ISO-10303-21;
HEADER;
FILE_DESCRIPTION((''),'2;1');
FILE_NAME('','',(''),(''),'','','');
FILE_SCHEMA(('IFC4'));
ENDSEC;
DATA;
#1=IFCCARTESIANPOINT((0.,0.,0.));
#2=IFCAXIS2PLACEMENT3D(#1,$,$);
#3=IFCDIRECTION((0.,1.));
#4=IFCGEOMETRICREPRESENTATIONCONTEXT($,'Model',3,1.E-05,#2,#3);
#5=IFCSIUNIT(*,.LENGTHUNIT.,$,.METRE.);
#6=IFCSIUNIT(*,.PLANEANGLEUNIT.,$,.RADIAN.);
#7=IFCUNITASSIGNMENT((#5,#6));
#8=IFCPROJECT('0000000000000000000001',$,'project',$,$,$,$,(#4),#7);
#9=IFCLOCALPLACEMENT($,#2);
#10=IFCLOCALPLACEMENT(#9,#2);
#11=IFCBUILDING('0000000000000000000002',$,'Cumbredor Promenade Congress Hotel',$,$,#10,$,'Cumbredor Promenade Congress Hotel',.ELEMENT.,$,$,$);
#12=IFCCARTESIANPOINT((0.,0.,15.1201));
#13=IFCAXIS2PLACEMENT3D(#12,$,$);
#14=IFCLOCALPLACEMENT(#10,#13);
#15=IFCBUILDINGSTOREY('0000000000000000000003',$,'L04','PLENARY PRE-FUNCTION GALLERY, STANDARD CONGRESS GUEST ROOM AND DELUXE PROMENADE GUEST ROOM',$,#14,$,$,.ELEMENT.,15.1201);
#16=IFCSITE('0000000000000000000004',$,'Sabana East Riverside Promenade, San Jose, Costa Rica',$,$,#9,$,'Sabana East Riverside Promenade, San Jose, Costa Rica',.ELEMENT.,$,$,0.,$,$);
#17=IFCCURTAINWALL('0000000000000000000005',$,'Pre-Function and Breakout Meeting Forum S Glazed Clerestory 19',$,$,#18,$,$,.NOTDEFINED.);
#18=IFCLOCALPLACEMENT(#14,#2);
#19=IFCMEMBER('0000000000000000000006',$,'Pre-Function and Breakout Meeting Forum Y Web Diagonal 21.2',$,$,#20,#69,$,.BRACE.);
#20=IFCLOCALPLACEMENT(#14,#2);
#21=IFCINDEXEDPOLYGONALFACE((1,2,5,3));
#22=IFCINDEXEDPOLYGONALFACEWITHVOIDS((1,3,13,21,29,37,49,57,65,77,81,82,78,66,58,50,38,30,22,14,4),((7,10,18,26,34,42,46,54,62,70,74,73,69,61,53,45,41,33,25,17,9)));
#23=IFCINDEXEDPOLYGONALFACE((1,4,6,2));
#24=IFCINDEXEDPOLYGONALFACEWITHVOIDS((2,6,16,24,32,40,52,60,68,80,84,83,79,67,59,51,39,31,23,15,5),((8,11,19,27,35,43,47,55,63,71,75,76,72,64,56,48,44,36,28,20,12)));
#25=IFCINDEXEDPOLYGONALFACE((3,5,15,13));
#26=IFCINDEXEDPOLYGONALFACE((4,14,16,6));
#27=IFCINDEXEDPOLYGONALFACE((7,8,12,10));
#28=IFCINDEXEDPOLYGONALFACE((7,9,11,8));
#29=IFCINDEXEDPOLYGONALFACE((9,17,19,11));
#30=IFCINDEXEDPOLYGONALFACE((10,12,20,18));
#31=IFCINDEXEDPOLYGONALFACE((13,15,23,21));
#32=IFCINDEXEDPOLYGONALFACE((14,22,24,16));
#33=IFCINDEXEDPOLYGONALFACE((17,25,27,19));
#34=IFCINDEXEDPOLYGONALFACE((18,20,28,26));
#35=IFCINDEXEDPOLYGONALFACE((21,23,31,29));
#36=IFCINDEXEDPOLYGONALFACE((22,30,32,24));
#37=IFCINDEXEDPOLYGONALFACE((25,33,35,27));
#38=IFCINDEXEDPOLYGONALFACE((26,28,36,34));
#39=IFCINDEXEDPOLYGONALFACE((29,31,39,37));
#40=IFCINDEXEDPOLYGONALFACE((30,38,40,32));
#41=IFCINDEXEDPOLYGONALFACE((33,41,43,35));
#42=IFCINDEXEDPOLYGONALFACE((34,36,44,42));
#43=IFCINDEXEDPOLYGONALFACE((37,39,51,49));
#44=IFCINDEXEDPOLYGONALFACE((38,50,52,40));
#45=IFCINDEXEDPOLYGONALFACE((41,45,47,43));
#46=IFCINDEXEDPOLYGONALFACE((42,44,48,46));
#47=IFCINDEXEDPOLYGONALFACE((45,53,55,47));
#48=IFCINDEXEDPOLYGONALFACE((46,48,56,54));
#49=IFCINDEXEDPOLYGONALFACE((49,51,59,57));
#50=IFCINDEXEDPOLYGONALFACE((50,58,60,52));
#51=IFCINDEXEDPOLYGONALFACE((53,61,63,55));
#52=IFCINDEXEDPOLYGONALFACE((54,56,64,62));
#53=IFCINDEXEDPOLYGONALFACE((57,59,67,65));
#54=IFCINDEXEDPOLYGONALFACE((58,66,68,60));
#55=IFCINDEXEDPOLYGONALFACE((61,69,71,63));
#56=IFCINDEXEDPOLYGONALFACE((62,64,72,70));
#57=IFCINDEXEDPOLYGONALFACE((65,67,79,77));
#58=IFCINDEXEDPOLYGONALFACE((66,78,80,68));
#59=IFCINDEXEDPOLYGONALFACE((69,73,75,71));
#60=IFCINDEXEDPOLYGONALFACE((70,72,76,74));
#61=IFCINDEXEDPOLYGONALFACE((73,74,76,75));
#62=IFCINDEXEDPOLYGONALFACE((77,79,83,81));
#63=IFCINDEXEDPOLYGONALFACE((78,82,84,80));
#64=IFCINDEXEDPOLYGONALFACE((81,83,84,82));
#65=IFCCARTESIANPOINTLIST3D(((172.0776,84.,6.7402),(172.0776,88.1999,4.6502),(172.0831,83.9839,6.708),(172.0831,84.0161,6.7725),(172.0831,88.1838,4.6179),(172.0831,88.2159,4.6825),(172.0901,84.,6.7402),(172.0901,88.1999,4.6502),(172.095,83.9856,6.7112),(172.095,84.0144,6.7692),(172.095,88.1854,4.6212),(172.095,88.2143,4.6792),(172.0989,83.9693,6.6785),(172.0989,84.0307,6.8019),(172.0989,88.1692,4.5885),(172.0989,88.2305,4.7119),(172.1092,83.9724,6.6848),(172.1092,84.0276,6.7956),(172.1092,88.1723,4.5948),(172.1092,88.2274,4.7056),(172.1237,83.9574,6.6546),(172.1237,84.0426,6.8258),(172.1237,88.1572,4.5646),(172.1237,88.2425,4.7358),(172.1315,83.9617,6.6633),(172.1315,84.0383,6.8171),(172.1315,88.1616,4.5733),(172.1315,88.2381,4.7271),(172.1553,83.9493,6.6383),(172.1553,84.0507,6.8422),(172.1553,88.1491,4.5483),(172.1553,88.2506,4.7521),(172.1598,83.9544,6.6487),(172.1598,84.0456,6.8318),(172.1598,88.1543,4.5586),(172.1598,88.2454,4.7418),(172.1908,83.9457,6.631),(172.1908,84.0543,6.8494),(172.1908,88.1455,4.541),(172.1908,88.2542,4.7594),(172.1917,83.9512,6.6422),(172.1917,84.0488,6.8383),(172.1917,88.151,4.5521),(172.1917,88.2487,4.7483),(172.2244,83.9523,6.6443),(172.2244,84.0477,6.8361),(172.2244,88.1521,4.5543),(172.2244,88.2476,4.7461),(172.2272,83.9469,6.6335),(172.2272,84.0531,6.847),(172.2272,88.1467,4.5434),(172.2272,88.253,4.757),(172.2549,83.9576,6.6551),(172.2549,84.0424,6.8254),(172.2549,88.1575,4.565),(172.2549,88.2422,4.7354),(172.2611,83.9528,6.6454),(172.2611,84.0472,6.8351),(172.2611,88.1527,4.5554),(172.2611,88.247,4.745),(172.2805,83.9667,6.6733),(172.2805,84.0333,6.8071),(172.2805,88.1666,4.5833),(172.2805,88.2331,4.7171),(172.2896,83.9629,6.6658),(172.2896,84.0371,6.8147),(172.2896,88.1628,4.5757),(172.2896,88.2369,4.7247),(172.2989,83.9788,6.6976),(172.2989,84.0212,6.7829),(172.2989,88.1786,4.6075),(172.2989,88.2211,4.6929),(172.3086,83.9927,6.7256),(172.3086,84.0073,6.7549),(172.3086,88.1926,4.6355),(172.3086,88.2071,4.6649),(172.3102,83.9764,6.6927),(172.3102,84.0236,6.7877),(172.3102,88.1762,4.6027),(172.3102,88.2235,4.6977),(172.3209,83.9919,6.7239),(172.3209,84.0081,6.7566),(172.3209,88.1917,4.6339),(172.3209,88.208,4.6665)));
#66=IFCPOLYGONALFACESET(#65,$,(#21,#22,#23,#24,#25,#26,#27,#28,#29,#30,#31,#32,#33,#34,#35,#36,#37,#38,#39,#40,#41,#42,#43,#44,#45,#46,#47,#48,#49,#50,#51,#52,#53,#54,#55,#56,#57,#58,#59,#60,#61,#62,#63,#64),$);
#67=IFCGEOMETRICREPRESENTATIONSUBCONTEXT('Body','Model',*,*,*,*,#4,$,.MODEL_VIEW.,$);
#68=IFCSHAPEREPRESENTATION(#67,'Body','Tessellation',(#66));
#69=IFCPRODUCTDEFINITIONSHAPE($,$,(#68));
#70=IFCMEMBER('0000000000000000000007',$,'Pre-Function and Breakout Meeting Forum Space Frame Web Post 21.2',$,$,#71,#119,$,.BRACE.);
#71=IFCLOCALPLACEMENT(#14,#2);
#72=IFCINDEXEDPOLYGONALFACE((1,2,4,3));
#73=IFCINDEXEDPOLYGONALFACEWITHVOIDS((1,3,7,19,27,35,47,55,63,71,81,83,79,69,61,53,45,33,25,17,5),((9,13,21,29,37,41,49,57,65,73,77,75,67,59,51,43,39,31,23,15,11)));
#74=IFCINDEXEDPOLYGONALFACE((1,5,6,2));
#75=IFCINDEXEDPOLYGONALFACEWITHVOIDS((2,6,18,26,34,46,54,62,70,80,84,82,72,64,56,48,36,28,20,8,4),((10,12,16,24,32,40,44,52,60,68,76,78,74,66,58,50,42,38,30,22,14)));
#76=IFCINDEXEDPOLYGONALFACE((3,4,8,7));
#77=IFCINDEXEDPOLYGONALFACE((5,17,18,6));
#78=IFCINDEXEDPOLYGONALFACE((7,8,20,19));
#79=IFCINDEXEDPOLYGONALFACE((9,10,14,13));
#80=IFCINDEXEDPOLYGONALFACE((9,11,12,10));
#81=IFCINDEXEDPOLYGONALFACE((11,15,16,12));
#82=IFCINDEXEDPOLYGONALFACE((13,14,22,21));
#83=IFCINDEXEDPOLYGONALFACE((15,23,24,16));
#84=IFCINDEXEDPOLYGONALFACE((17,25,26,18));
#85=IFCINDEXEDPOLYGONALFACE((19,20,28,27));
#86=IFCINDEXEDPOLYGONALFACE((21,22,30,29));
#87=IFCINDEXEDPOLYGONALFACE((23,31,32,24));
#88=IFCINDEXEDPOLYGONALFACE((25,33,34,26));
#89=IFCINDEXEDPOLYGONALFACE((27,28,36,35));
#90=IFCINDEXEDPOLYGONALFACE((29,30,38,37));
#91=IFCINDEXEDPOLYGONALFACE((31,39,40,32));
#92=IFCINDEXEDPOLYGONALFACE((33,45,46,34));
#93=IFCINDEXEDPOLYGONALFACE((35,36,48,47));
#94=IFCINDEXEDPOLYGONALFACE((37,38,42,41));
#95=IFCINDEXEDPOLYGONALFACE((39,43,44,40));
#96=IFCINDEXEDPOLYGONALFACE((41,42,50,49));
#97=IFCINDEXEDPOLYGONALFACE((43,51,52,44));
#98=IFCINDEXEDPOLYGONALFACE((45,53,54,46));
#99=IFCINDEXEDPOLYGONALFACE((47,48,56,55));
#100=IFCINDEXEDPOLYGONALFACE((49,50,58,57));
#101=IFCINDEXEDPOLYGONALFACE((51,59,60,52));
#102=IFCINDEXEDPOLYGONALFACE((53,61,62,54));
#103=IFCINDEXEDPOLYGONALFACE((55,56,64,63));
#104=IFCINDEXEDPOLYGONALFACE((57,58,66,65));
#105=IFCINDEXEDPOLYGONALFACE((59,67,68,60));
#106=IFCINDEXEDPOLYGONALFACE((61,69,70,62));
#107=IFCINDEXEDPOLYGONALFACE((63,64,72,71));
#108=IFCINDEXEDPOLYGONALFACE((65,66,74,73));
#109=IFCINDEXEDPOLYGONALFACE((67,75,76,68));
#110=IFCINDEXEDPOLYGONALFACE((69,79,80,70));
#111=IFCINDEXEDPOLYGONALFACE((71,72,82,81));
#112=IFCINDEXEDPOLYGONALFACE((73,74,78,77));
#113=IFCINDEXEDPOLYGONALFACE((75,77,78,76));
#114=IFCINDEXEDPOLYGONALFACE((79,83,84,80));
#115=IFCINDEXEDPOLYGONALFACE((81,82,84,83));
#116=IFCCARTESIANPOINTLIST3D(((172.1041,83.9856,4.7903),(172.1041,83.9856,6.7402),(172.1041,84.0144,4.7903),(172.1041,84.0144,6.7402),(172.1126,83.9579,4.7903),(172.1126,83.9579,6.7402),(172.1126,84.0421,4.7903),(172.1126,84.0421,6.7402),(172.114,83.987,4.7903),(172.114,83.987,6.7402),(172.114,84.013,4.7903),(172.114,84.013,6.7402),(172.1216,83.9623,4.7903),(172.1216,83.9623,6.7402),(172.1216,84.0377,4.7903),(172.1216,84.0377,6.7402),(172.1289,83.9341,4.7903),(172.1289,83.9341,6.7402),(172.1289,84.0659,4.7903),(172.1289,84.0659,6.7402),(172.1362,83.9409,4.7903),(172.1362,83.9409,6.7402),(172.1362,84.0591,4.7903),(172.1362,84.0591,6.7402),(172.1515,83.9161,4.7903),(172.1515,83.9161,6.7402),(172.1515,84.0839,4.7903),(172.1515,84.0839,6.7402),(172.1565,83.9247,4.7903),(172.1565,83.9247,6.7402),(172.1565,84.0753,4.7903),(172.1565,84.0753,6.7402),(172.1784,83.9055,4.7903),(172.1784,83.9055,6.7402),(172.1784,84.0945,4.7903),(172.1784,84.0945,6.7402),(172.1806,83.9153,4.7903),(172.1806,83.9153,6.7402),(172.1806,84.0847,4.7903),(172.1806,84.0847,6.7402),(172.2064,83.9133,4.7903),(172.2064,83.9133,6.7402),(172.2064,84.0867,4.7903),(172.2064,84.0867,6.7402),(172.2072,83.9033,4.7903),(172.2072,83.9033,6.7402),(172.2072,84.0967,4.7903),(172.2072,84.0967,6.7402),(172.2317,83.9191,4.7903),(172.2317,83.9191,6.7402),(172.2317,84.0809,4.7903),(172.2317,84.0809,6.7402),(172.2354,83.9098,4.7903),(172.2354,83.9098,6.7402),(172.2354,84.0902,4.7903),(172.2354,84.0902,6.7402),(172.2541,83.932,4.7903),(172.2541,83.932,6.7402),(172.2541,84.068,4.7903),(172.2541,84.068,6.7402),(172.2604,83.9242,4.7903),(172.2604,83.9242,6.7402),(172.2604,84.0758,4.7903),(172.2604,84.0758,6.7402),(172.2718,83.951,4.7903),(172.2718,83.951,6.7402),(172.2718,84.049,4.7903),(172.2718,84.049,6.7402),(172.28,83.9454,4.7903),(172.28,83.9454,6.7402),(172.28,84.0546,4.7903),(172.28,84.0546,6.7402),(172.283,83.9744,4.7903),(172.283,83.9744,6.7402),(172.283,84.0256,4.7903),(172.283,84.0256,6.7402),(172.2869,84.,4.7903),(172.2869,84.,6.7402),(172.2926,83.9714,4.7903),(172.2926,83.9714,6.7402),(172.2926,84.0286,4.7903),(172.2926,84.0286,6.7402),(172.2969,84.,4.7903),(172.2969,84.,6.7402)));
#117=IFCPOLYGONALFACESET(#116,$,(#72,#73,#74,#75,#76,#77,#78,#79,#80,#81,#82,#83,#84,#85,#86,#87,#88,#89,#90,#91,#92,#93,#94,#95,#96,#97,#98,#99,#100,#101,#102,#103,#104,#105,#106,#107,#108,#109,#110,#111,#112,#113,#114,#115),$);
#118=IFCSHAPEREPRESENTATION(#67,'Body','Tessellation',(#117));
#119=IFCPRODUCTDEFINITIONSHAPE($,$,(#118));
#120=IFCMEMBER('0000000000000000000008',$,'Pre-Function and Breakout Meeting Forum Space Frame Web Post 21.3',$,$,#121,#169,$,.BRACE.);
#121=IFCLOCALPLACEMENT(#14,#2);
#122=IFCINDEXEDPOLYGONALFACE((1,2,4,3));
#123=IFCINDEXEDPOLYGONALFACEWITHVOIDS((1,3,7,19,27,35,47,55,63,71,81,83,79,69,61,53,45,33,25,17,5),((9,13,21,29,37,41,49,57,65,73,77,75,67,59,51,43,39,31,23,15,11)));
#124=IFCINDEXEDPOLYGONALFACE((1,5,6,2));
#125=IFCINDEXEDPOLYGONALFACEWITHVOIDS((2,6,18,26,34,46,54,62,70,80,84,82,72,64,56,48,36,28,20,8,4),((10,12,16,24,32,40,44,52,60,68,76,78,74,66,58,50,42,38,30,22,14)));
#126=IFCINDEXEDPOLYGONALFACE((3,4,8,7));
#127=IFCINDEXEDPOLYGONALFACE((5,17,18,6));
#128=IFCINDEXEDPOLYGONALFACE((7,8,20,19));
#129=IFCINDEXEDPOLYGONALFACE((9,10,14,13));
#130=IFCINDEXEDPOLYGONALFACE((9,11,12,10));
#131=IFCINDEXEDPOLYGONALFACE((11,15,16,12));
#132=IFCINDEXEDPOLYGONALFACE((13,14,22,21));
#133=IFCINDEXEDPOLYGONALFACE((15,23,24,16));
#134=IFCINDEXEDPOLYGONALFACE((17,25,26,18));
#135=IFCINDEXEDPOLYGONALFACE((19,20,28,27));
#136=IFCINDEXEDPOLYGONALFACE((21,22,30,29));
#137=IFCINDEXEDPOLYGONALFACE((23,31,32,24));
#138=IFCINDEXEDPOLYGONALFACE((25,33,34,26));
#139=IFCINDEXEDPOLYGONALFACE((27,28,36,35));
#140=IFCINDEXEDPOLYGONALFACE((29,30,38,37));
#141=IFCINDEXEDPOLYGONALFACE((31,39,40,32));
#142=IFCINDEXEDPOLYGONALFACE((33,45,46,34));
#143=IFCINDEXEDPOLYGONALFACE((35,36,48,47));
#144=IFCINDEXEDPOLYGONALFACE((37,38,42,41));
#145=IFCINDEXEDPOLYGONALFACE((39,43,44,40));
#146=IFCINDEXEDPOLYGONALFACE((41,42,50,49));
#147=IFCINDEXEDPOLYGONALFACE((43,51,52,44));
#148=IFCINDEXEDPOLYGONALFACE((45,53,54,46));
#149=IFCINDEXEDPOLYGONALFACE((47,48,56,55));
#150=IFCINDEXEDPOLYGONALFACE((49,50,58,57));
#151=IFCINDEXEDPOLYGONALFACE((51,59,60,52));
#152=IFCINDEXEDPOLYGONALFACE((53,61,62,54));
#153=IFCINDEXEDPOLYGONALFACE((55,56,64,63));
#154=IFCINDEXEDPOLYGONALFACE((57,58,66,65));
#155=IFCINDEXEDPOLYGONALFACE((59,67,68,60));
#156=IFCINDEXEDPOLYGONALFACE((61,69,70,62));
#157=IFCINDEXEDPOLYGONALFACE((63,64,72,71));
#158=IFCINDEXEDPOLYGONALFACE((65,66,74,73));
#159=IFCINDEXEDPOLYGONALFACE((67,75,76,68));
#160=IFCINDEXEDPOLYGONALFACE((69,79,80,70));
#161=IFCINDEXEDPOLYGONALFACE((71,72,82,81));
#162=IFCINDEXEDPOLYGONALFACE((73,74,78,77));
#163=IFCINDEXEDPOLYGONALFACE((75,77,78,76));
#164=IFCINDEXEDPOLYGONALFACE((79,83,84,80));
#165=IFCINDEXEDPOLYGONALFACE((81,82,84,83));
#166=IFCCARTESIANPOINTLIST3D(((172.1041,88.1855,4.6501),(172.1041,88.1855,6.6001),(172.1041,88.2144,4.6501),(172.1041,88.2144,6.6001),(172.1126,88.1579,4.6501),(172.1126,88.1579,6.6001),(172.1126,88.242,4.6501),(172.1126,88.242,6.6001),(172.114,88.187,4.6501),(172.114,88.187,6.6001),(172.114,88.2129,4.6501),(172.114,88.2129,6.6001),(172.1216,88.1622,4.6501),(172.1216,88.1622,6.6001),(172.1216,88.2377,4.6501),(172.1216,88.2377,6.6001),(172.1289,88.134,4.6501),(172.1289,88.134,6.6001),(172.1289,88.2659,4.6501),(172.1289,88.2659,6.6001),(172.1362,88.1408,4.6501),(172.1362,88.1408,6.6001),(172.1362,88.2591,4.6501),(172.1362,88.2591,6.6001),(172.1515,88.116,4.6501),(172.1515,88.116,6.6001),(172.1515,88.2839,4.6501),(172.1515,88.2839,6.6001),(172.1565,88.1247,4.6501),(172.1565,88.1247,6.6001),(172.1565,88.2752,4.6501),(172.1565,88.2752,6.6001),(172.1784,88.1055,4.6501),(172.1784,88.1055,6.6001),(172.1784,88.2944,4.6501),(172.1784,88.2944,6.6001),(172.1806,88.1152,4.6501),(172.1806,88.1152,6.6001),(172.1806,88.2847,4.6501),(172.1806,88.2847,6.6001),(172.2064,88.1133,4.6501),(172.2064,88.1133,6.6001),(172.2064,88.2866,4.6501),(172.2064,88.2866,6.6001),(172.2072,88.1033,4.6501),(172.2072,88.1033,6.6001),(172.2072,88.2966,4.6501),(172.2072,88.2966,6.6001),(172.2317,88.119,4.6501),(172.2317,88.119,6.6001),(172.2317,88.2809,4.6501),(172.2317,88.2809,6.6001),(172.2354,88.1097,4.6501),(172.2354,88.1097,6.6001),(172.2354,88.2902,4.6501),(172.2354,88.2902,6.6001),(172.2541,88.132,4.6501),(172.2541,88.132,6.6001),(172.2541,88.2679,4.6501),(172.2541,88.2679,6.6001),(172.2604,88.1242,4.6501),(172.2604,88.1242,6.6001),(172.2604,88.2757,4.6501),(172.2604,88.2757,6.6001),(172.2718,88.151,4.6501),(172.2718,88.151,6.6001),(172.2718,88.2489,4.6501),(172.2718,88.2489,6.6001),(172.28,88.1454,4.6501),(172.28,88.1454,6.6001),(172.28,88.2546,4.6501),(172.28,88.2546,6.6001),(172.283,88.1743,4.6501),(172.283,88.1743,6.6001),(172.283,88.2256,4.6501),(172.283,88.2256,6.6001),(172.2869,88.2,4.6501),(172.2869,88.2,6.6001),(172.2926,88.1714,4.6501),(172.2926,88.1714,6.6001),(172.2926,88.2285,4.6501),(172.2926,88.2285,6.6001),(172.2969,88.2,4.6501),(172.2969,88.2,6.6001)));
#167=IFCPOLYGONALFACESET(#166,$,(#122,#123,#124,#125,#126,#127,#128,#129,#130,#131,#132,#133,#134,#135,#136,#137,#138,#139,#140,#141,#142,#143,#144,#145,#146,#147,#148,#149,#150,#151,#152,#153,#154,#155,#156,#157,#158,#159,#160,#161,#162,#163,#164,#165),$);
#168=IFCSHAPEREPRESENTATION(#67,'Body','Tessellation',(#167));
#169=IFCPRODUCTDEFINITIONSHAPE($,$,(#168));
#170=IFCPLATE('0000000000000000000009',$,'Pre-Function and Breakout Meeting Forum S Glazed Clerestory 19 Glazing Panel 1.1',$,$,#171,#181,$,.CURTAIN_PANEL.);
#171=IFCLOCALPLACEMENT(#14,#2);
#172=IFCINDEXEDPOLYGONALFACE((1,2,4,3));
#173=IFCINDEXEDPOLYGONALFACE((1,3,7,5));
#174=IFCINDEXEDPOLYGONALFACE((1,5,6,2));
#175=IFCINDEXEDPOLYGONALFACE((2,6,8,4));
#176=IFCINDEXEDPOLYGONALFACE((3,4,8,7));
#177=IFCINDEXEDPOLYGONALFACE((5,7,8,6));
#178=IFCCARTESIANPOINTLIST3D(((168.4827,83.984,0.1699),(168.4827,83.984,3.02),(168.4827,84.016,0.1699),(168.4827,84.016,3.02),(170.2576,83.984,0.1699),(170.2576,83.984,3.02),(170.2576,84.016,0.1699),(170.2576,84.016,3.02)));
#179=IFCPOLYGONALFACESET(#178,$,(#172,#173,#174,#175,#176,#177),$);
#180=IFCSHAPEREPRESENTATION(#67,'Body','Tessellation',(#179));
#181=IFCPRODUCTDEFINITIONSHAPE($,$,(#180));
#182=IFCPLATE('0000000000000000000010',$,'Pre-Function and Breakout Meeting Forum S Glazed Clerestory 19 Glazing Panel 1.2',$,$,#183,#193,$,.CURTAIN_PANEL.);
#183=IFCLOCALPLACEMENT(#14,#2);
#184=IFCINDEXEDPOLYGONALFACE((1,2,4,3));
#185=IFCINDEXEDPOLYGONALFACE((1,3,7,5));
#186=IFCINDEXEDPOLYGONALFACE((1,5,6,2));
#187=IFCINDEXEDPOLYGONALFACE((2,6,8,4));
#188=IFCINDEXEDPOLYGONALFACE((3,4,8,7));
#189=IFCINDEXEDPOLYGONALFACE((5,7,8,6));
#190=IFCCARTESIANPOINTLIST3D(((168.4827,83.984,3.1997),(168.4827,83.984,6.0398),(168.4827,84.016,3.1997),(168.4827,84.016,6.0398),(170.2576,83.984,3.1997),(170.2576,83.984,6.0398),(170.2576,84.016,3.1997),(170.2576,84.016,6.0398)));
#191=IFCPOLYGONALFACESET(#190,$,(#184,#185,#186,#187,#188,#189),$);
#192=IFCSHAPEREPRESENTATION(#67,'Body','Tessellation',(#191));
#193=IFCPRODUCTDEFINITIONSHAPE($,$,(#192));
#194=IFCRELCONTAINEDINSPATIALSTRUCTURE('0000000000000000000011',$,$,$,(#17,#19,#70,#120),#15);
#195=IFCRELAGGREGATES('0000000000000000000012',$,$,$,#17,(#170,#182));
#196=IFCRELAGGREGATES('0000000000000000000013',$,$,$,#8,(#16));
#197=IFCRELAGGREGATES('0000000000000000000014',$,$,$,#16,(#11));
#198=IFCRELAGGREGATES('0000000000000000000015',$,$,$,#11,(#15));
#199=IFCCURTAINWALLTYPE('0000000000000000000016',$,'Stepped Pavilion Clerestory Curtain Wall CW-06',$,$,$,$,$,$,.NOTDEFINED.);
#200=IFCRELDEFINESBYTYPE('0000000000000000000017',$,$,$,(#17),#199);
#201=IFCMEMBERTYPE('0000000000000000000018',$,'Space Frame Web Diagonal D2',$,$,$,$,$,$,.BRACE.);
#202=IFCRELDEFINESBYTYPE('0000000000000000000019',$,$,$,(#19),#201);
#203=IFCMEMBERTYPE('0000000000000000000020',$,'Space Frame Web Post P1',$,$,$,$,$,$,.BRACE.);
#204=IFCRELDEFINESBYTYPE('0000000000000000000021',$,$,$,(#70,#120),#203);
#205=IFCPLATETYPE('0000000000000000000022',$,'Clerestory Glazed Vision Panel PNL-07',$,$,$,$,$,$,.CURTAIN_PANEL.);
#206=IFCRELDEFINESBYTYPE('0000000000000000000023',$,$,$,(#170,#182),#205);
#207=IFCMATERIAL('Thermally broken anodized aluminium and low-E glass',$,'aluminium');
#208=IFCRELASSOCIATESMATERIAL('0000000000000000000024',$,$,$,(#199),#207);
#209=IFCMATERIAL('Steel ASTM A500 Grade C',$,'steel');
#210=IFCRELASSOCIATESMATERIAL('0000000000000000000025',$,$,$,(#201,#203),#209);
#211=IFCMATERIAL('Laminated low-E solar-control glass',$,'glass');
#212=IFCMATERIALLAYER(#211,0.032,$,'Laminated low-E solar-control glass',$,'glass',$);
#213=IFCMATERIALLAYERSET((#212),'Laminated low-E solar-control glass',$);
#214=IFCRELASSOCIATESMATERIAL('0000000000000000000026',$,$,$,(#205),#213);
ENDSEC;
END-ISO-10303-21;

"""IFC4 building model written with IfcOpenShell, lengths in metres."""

from ifc_helpers import new_model, si_unit, direction, frame, origin, origin_2d, place, context, subcontext, project, spatial, rectangle, hollow_circle, extrude, material, layer, layer_set, material_profile, profile_set, type_object, element, aggregate, save


model = new_model("IFC4")

# Units and contexts
model_context = context("Model", 3, precision=1e-05, world=origin(), true_north=direction((0.0, 1.0)))
body_context = subcontext(model_context, "Body", "Model", "MODEL_VIEW")
ifc_project = project(units=[si_unit("LENGTHUNIT", "METRE"), si_unit("PLANEANGLEUNIT", "RADIAN")], contexts=[model_context])

# Site, building, storey
site_placement = place(None, origin())
site = spatial("IfcSite", under=ifc_project, at=site_placement, Name="Sabana East Riverside Promenade, San Jose, Costa Rica", LongName="Sabana East Riverside Promenade, San Jose, Costa Rica", CompositionType="ELEMENT", RefElevation=0.0)
building_placement = place(site_placement, origin())
building = spatial("IfcBuilding", under=site, at=building_placement, Name="Cumbredor Promenade Congress Hotel", LongName="Cumbredor Promenade Congress Hotel", CompositionType="ELEMENT")
storey_placement = place(building_placement, frame((0.0, 0.0, 15.1201)))
storey = spatial("IfcBuildingStorey", under=building, at=storey_placement, Name="L04", Description="PLENARY PRE-FUNCTION GALLERY, STANDARD CONGRESS GUEST ROOM AND DELUXE PROMENADE GUEST ROOM", CompositionType="ELEMENT", Elevation=15.1201)

# Curtain wall
ifc_material_1 = material(Name="Thermally broken anodized aluminium and low-E glass", Category="aluminium")
curtain_wall_type = type_object("IfcCurtainWallType", Name="Stepped Pavilion Clerestory Curtain Wall CW-06", PredefinedType="NOTDEFINED", material=ifc_material_1)
curtain_wall_1_placement = place(storey_placement, origin())
curtain_wall_1 = element("IfcCurtainWall", 1, at=curtain_wall_1_placement, inside=storey, type_object=curtain_wall_type, Name="Pre-Function and Breakout Meeting Forum S Glazed Clerestory 19", PredefinedType="NOTDEFINED")

# Members
ifc_material_2 = material(Name="Steel ASTM A500 Grade C", Category="steel")
ifc_material_profile_1 = material_profile(ifc_material_2, hollow_circle(Radius=0.1223, WallThickness=0.0125, at=origin_2d()), Name="CHS 244.5x12.5")
ifc_profile_set_1 = profile_set([ifc_material_profile_1], Name="Steel ASTM A500 Grade C")
member_type_1 = type_object("IfcMemberType", Name="Space Frame Web Diagonal D2", PredefinedType="BRACE", material=ifc_profile_set_1)
member_1_placement = place(storey_placement, frame((172.2, 84.0, 6.7402), z_axis=(0.0, 0.895269, -0.445527), x_axis=(-1.0, 0.0, 0.0)))
element("IfcMember", 2, at=member_1_placement, inside=storey, type_object=member_type_1, Name="Pre-Function and Breakout Meeting Forum Y Web Diagonal 21.2", PredefinedType="BRACE", context=body_context, shape_type="SweptSolid", body=[
    extrude(hollow_circle(Radius=0.1223, WallThickness=0.0125, at=origin_2d()), origin(), (0.0, 0.0, 1.0), 4.6912),
])
ifc_material_profile_2 = material_profile(ifc_material_2, hollow_circle(Radius=0.0969, WallThickness=0.01, at=origin_2d()), Name="CHS 193.7x10")
ifc_profile_set_2 = profile_set([ifc_material_profile_2], Name="Steel ASTM A500 Grade C")
member_type_2 = type_object("IfcMemberType", Name="Space Frame Web Post P1", PredefinedType="BRACE", material=ifc_profile_set_2)
for number, where, z_axis, x_axis, name in (
    (3, (172.2, 84.0, 4.7903), (0.0, 0.0, 1.0), (1.0, 0.0, 0.0), "Pre-Function and Breakout Meeting Forum Space Frame Web Post 21.2"),
    (4, (172.2, 88.2, 4.6501), (0.0, 0.0, 1.0), (1.0, 0.0, 0.0), "Pre-Function and Breakout Meeting Forum Space Frame Web Post 21.3"),
):
    element("IfcMember", number, at=place(storey_placement, frame(where, z_axis=z_axis, x_axis=x_axis)), inside=storey, type_object=member_type_2, Name=name, PredefinedType="BRACE", context=body_context, shape_type="SweptSolid", body=[
        extrude(hollow_circle(Radius=0.0969, WallThickness=0.01, at=origin_2d()), origin(), (0.0, 0.0, 1.0), 1.95),
    ])

# Plates
ifc_material_3 = material(Name="Laminated low-E solar-control glass", Category="glass")
ifc_layer_1 = layer(ifc_material_3, 0.032, Name="Laminated low-E solar-control glass", Category="glass")
ifc_layer_set_1 = layer_set([ifc_layer_1], Name="Laminated low-E solar-control glass")
plate_type_1 = type_object("IfcPlateType", Name="Clerestory Glazed Vision Panel PNL-07", PredefinedType="CURTAIN_PANEL", material=ifc_layer_set_1)
plate_1_placement = place(storey_placement, frame((169.3701, 84.0, 0.1699), z_axis=(0.0, 0.0, 1.0), x_axis=(1.0, 0.0, 0.0)))
plate_1 = element("IfcPlate", 5, at=plate_1_placement, type_object=plate_type_1, Name="Pre-Function and Breakout Meeting Forum S Glazed Clerestory 19 Glazing Panel 1.1", PredefinedType="CURTAIN_PANEL", context=body_context, shape_type="SweptSolid", body=[
    extrude(rectangle(XDim=1.7749, YDim=0.032, at=origin_2d()), origin(), (0.0, 0.0, 1.0), 2.8501),
])
plate_2_placement = place(storey_placement, frame((169.3701, 84.0, 3.1997), z_axis=(0.0, 0.0, 1.0), x_axis=(1.0, 0.0, 0.0)))
plate_2 = element("IfcPlate", 6, at=plate_2_placement, type_object=plate_type_1, Name="Pre-Function and Breakout Meeting Forum S Glazed Clerestory 19 Glazing Panel 1.2", PredefinedType="CURTAIN_PANEL", context=body_context, shape_type="SweptSolid", body=[
    extrude(rectangle(XDim=1.7749, YDim=0.032, at=origin_2d()), origin(), (0.0, 0.0, 1.0), 2.8401),
])
aggregate(curtain_wall_1, [plate_1, plate_2])

save(model, "model.ifc")
